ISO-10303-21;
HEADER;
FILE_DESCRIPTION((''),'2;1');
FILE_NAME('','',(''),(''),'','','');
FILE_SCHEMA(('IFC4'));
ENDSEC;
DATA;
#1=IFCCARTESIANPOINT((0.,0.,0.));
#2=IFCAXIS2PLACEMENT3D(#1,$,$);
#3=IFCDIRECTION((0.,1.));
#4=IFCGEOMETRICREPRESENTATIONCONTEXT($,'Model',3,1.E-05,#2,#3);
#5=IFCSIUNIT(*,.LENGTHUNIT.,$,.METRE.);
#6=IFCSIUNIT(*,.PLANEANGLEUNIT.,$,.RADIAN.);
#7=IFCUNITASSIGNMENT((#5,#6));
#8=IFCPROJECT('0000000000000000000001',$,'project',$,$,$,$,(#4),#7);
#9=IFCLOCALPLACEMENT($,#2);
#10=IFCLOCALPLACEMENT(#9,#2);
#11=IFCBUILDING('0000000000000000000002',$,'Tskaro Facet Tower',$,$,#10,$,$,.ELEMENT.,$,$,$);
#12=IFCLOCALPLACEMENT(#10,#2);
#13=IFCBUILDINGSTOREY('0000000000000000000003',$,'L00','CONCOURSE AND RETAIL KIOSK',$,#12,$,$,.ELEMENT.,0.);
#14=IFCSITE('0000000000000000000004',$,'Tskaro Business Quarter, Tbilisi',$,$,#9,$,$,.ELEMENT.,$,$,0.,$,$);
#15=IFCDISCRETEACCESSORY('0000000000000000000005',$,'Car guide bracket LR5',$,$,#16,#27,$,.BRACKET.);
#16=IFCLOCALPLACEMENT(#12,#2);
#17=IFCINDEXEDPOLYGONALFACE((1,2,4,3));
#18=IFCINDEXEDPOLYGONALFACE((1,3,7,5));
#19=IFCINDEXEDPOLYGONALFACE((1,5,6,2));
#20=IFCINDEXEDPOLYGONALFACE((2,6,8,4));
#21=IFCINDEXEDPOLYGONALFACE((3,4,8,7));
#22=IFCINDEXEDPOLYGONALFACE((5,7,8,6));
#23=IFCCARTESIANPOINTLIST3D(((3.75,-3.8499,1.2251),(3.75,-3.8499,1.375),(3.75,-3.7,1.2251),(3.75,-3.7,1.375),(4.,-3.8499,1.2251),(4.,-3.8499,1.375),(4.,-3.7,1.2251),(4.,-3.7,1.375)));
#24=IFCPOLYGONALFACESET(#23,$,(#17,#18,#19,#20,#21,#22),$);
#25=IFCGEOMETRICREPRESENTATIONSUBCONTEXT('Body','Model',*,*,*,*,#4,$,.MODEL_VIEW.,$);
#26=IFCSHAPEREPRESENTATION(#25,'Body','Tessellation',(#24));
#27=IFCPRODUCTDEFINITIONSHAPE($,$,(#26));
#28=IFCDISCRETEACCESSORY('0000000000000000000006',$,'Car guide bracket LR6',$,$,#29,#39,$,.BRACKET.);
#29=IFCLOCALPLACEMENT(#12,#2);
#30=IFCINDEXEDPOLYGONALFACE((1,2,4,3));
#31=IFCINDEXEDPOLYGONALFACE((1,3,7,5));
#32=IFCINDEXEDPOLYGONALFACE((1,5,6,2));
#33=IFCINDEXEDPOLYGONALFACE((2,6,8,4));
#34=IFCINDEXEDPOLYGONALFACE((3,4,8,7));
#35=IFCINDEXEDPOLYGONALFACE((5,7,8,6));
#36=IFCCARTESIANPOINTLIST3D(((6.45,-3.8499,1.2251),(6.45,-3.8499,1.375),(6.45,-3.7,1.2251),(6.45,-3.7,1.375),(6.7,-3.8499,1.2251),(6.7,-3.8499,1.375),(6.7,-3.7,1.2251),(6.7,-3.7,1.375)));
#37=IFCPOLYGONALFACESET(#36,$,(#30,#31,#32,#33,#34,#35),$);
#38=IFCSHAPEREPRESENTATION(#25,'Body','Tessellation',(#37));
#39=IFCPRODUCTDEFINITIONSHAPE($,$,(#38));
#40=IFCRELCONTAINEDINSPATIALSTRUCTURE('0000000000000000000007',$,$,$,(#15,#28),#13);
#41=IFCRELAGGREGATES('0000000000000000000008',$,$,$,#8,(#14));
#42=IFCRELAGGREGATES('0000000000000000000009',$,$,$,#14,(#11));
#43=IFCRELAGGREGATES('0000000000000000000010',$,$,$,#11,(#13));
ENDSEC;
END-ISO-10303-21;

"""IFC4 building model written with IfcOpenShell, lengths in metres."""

from ifc_helpers import new_model, si_unit, direction, frame, origin, origin_2d, place, context, subcontext, project, spatial, rectangle, extrude, element, save


model = new_model("IFC4")

# Units and contexts
model_context = context("Model", 3, precision=1e-05, world=origin(), true_north=direction((0.0, 1.0)))
body_context = subcontext(model_context, "Body", "Model", "MODEL_VIEW")
ifc_project = project(units=[si_unit("LENGTHUNIT", "METRE"), si_unit("PLANEANGLEUNIT", "RADIAN")], contexts=[model_context])

# Site, building, storey
site_placement = place(None, origin())
site = spatial("IfcSite", under=ifc_project, at=site_placement, Name="Tskaro Business Quarter, Tbilisi", CompositionType="ELEMENT", RefElevation=0.0)
building_placement = place(site_placement, origin())
building = spatial("IfcBuilding", under=site, at=building_placement, Name="Tskaro Facet Tower", CompositionType="ELEMENT")
storey_placement = place(building_placement, origin())
storey = spatial("IfcBuildingStorey", under=building, at=storey_placement, Name="L00", Description="CONCOURSE AND RETAIL KIOSK", CompositionType="ELEMENT", Elevation=0.0)

# Discrete accessories
for number, where, z_axis, x_axis, name in (
    (1, (3.875, -3.7749, 1.2251), (0.0, 0.0, 1.0), (1.0, 0.0, 0.0), "Car guide bracket LR5"),
    (2, (6.575, -3.7749, 1.2251), (0.0, 0.0, 1.0), (1.0, 0.0, 0.0), "Car guide bracket LR6"),
):
    element("IfcDiscreteAccessory", number, at=place(storey_placement, frame(where, z_axis=z_axis, x_axis=x_axis)), inside=storey, Name=name, PredefinedType="BRACKET", context=body_context, shape_type="SweptSolid", body=[
        extrude(rectangle(XDim=0.25, YDim=0.1499, at=origin_2d()), origin(), (0.0, 0.0, 1.0), 0.1499),
    ])

save(model, "model.ifc")
